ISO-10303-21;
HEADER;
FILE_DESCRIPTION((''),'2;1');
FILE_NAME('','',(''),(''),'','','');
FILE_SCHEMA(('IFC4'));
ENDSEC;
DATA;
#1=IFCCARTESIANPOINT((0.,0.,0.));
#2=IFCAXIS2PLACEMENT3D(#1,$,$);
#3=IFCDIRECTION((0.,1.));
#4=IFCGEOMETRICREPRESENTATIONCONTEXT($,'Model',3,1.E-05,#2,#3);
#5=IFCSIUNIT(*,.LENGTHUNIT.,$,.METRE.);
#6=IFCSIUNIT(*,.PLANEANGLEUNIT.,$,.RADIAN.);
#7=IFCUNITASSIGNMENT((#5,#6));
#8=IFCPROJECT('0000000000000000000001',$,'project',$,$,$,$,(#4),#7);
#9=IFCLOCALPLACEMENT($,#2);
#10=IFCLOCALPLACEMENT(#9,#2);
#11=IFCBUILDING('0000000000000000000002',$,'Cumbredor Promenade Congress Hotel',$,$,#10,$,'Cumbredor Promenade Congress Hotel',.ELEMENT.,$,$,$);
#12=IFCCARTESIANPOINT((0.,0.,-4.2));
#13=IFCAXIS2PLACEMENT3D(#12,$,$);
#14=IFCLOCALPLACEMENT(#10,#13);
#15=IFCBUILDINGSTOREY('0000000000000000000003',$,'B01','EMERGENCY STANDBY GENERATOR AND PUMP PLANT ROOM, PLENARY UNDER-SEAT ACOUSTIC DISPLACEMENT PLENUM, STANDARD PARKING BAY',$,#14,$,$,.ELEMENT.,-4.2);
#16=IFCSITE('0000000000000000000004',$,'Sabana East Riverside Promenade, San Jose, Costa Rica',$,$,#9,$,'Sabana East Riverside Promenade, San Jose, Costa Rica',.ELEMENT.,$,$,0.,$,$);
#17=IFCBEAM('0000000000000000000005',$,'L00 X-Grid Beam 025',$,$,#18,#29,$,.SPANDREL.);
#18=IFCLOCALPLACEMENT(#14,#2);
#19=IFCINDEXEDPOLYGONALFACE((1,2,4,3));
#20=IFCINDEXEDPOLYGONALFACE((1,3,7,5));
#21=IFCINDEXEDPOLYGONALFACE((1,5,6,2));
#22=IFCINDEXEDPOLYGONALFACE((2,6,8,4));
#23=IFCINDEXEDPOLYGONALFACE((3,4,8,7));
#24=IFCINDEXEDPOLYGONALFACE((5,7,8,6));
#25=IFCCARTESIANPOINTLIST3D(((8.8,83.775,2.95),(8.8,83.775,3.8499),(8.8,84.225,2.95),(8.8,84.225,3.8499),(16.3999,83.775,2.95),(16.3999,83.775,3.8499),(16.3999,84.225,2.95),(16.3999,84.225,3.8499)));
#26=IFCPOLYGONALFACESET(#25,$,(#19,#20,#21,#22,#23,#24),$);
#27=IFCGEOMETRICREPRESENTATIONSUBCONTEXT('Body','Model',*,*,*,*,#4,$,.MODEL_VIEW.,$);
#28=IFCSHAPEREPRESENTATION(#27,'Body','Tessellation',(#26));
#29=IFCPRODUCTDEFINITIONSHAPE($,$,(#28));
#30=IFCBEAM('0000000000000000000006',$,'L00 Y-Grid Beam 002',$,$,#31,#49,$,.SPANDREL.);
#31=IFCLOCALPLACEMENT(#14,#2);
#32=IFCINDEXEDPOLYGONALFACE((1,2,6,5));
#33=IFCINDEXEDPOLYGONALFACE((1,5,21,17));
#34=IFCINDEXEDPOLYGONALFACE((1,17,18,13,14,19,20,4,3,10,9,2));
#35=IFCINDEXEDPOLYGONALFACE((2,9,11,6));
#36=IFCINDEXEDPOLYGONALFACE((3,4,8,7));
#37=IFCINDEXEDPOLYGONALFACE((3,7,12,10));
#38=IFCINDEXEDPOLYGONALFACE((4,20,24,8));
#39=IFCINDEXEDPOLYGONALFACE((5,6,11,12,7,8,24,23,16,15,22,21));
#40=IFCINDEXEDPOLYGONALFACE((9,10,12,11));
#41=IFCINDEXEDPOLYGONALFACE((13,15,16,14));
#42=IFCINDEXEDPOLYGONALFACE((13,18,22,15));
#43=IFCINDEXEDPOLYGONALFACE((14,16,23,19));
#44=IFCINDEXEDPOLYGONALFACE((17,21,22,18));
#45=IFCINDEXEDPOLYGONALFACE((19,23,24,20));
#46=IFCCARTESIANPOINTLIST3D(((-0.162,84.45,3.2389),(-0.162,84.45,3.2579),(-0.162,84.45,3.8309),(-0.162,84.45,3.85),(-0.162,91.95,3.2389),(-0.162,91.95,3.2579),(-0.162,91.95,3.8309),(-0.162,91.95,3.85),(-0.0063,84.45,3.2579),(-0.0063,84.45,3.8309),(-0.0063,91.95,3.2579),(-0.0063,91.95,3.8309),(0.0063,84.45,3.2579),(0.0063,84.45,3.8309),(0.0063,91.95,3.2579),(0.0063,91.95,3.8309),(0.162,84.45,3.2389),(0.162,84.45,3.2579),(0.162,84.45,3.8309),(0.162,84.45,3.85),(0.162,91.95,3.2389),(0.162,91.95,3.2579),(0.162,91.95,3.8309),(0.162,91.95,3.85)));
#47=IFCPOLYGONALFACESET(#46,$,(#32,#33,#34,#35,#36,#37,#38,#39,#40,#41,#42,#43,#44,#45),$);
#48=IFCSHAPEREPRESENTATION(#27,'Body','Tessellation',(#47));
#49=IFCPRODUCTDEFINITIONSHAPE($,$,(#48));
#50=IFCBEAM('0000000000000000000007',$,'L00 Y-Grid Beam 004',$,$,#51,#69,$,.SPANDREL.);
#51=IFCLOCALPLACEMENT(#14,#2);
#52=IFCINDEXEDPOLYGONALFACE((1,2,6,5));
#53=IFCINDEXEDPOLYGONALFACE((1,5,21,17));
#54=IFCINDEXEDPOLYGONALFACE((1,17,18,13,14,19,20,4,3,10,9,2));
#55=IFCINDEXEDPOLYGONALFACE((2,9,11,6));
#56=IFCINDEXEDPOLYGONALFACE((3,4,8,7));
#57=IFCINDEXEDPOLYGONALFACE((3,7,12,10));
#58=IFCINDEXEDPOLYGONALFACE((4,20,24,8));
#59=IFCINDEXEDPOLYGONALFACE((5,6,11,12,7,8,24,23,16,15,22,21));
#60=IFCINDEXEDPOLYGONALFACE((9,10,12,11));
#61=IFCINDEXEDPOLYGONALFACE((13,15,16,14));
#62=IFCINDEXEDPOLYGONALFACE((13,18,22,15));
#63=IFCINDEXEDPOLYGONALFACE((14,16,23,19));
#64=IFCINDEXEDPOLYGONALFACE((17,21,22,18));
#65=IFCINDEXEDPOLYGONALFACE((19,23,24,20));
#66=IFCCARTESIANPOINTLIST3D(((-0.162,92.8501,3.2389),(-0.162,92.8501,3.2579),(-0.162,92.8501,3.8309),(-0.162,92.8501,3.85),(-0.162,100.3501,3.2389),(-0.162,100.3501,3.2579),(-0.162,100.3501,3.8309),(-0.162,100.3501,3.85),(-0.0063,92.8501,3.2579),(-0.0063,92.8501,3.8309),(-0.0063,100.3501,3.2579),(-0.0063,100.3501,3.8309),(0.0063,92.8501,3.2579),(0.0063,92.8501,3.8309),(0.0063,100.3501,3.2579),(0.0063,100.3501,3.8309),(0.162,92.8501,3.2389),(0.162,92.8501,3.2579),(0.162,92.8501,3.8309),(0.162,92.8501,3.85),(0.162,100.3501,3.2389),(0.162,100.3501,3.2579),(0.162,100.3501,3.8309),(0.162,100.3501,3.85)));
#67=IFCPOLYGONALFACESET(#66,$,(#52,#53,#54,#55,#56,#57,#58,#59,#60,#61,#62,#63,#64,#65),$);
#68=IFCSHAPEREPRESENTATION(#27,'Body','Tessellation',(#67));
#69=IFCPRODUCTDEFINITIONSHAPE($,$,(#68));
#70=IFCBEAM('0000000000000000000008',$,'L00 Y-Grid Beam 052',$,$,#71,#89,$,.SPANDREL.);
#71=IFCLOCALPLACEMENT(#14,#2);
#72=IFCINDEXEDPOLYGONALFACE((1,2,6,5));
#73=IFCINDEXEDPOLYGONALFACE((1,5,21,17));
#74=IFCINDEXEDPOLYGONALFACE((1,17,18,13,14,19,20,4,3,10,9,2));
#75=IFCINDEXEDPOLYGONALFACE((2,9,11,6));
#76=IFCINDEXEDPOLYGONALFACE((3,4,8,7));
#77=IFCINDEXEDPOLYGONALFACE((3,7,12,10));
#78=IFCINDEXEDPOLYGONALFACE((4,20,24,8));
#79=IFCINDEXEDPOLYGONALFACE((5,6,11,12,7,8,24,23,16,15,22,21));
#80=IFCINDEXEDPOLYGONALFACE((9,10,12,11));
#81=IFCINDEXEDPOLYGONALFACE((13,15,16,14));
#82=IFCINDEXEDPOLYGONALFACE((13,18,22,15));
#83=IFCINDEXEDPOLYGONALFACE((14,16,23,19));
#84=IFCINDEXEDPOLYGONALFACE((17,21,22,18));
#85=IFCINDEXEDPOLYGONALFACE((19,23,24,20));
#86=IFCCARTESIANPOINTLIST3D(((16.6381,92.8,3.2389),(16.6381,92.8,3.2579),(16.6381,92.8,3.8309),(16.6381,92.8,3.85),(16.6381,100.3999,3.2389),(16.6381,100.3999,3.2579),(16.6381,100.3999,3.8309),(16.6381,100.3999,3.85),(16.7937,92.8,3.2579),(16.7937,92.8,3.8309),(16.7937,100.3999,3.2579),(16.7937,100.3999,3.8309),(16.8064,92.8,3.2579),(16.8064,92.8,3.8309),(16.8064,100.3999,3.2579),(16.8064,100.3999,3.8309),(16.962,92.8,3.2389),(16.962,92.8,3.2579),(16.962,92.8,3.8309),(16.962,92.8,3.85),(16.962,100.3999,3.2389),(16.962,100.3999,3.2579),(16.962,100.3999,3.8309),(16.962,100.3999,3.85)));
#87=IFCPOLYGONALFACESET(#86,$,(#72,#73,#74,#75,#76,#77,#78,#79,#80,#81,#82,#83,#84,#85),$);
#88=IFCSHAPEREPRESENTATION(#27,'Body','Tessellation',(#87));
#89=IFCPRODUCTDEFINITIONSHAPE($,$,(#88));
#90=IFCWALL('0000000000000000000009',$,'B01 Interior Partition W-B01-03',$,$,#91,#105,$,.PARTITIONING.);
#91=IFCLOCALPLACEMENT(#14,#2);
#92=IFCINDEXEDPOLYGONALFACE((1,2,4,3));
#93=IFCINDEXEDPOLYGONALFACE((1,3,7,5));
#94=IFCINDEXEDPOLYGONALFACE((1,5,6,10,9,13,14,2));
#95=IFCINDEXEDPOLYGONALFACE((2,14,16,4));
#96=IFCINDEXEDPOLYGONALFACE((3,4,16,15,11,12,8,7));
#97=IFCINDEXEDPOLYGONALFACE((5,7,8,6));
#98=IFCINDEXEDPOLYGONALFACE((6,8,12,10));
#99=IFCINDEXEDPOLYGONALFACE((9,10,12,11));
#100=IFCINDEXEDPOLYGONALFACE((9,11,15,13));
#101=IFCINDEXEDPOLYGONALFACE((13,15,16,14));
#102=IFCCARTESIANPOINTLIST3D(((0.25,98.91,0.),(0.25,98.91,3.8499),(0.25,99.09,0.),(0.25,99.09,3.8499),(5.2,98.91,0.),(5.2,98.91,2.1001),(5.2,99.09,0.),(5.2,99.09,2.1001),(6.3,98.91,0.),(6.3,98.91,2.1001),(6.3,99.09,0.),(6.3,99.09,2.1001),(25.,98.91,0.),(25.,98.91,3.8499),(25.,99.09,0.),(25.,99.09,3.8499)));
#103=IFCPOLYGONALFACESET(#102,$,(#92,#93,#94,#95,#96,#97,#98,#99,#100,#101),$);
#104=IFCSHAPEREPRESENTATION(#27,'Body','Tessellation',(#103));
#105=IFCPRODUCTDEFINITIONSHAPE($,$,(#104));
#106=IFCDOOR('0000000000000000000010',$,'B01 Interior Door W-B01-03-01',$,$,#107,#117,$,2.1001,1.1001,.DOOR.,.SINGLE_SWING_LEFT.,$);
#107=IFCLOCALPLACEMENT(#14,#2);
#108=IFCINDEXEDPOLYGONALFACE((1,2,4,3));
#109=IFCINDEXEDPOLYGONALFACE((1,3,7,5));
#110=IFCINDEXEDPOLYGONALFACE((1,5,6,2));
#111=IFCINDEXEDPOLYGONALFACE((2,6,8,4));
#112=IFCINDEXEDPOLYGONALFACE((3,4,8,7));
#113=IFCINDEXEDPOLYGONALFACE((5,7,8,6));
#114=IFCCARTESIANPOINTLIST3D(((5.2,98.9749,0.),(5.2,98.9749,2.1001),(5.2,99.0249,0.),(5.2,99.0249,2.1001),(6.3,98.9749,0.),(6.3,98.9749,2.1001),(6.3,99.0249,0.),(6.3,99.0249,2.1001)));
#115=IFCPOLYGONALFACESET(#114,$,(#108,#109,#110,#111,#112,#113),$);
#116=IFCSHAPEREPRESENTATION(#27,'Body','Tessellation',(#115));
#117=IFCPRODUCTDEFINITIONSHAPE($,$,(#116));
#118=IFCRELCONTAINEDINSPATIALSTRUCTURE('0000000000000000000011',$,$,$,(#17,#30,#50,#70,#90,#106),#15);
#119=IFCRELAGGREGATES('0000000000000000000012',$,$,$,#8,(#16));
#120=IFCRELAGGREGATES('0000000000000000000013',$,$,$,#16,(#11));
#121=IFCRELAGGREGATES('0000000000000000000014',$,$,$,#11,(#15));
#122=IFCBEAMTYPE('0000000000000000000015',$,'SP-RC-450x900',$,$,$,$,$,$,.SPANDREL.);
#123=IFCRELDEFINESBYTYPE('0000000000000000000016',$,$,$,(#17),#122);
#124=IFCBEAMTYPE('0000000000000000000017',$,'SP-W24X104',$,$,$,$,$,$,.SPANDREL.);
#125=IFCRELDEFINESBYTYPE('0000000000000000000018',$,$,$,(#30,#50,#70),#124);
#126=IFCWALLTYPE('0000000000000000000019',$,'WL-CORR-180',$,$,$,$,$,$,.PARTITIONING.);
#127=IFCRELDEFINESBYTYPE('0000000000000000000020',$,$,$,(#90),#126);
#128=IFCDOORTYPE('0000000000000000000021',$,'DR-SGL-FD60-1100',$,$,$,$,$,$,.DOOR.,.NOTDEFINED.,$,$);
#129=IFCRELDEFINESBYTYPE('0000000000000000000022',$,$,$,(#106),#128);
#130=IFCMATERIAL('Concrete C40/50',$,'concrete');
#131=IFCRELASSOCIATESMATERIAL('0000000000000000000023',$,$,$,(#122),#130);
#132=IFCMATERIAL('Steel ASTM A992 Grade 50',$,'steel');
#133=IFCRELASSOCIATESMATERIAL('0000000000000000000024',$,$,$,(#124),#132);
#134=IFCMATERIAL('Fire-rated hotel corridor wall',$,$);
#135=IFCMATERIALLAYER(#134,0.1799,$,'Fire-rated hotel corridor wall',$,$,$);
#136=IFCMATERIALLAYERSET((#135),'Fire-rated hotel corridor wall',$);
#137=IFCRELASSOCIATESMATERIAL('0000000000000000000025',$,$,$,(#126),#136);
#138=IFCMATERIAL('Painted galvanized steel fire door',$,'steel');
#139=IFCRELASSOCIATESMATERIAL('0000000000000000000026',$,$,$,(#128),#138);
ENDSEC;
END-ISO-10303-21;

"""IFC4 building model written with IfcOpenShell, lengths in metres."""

from ifc_helpers import new_model, si_unit, direction, frame, frame_2d, origin, origin_2d, place, context, subcontext, project, spatial, rectangle, i_section, extrude, material, layer, layer_set, material_profile, profile_set, type_object, element, fill, save


model = new_model("IFC4")

# Units and contexts
model_context = context("Model", 3, precision=1e-05, world=origin(), true_north=direction((0.0, 1.0)))
body_context = subcontext(model_context, "Body", "Model", "MODEL_VIEW")
ifc_project = project(units=[si_unit("LENGTHUNIT", "METRE"), si_unit("PLANEANGLEUNIT", "RADIAN")], contexts=[model_context])

# Site, building, storey
site_placement = place(None, origin())
site = spatial("IfcSite", under=ifc_project, at=site_placement, Name="Sabana East Riverside Promenade, San Jose, Costa Rica", LongName="Sabana East Riverside Promenade, San Jose, Costa Rica", CompositionType="ELEMENT", RefElevation=0.0)
building_placement = place(site_placement, origin())
building = spatial("IfcBuilding", under=site, at=building_placement, Name="Cumbredor Promenade Congress Hotel", LongName="Cumbredor Promenade Congress Hotel", CompositionType="ELEMENT")
storey_placement = place(building_placement, frame((0.0, 0.0, -4.2)))
storey = spatial("IfcBuildingStorey", under=building, at=storey_placement, Name="B01", Description="EMERGENCY STANDBY GENERATOR AND PUMP PLANT ROOM, PLENARY UNDER-SEAT ACOUSTIC DISPLACEMENT PLENUM, STANDARD PARKING BAY", CompositionType="ELEMENT", Elevation=-4.2)

# Beams
ifc_material_1 = material(Name="Concrete C40/50", Category="concrete")
ifc_material_2 = material(Name="Steel ASTM A992 Grade 50", Category="steel")
ifc_material_profile_1 = material_profile(ifc_material_1, rectangle(XDim=0.45, YDim=0.8999, at=origin_2d()), Name="RC SPANDREL 450x900")
ifc_profile_set_1 = profile_set([ifc_material_profile_1], Name="Concrete C40/50")
beam_type_1 = type_object("IfcBeamType", Name="SP-RC-450x900", PredefinedType="SPANDREL", material=ifc_profile_set_1)
beam_1_placement = place(storey_placement, frame((8.8, 84.0, 3.3999), z_axis=(1.0, 0.0, 0.0), x_axis=(0.0, 1.0, 0.0)))
element("IfcBeam", 1, at=beam_1_placement, inside=storey, type_object=beam_type_1, Name="L00 X-Grid Beam 025", PredefinedType="SPANDREL", context=body_context, shape_type="SweptSolid", body=[
    extrude(rectangle(XDim=0.45, YDim=0.8999, at=origin_2d()), origin(), (0.0, 0.0, 1.0), 7.5999),
])
ifc_material_profile_2 = material_profile(ifc_material_2, i_section(OverallWidth=0.324, OverallDepth=0.6111, WebThickness=0.0127, FlangeThickness=0.019, at=origin_2d()), Name="W24X104")
ifc_profile_set_2 = profile_set([ifc_material_profile_2], Name="Steel ASTM A992 Grade 50")
beam_type_2 = type_object("IfcBeamType", Name="SP-W24X104", PredefinedType="SPANDREL", material=ifc_profile_set_2)
for number, where, z_axis, x_axis, name in (
    (2, (0.0, 84.45, 3.5444), (0.0, 1.0, 0.0), (-1.0, 0.0, 0.0), "L00 Y-Grid Beam 002"),
    (3, (0.0, 92.8501, 3.5444), (0.0, 1.0, 0.0), (-1.0, 0.0, 0.0), "L00 Y-Grid Beam 004"),
):
    element("IfcBeam", number, at=place(storey_placement, frame(where, z_axis=z_axis, x_axis=x_axis)), inside=storey, type_object=beam_type_2, Name=name, PredefinedType="SPANDREL", context=body_context, shape_type="SweptSolid", body=[
        extrude(i_section(OverallWidth=0.324, OverallDepth=0.6111, WebThickness=0.0127, FlangeThickness=0.019, at=origin_2d()), origin(), (0.0, 0.0, 1.0), 7.5),
    ])
beam_2_placement = place(storey_placement, frame((16.8, 92.8, 3.5444), z_axis=(0.0, 1.0, 0.0), x_axis=(-1.0, 0.0, 0.0)))
element("IfcBeam", 4, at=beam_2_placement, inside=storey, type_object=beam_type_2, Name="L00 Y-Grid Beam 052", PredefinedType="SPANDREL", context=body_context, shape_type="SweptSolid", body=[
    extrude(i_section(OverallWidth=0.324, OverallDepth=0.6111, WebThickness=0.0127, FlangeThickness=0.019, at=origin_2d()), origin(), (0.0, 0.0, 1.0), 7.5999),
])

# Wall, opening, door
ifc_material_3 = material(Name="Fire-rated hotel corridor wall")
ifc_layer = layer(ifc_material_3, 0.1799, Name="Fire-rated hotel corridor wall")
ifc_layer_set = layer_set([ifc_layer], Name="Fire-rated hotel corridor wall")
wall_type = type_object("IfcWallType", Name="WL-CORR-180", PredefinedType="PARTITIONING", material=ifc_layer_set)
wall_placement = place(storey_placement, frame((0.25, 99.0, 0.0), z_axis=(0.0, 0.0, 1.0), x_axis=(1.0, 0.0, 0.0)))
wall = element("IfcWall", 5, at=wall_placement, inside=storey, type_object=wall_type, Name="B01 Interior Partition W-B01-03", PredefinedType="PARTITIONING", context=body_context, shape_type="SweptSolid", body=[
    extrude(rectangle(XDim=24.75, YDim=0.1799, at=frame_2d((12.375, 0.0))), origin(), (0.0, 0.0, 1.0), 3.8499),
])
opening_placement = place(wall_placement, frame((4.95, 0.0, 0.0)))
opening = element("IfcOpeningElement", 6, at=opening_placement, cuts=wall, PredefinedType="OPENING", context=body_context, shape_type="SweptSolid", body=[
    extrude(rectangle(XDim=1.1001, YDim=2.1001, at=frame_2d((0.55, 1.05))), frame((0.0, 0.1001, 0.0), z_axis=(0.0, -1.0, 0.0), x_axis=(1.0, 0.0, 0.0)), (0.0, 0.0, 1.0), 0.2),
])
ifc_material_4 = material(Name="Painted galvanized steel fire door", Category="steel")
door_type = type_object("IfcDoorType", Name="DR-SGL-FD60-1100", OperationType="NOTDEFINED", PredefinedType="DOOR", material=ifc_material_4)
door_placement = place(opening_placement, origin())
door = element("IfcDoor", 7, at=door_placement, inside=storey, type_object=door_type, Name="B01 Interior Door W-B01-03-01", OperationType="SINGLE_SWING_LEFT", OverallHeight=2.1001, OverallWidth=1.1001, PredefinedType="DOOR", context=body_context, shape_type="SweptSolid", body=[
    extrude(rectangle(XDim=1.1001, YDim=2.1001, at=frame_2d((0.55, 1.05))), frame((0.0, 0.0249, 0.0), z_axis=(0.0, -1.0, 0.0), x_axis=(1.0, 0.0, 0.0)), (0.0, 0.0, 1.0), 0.05),
])
fill(opening, door)

save(model, "model.ifc")
